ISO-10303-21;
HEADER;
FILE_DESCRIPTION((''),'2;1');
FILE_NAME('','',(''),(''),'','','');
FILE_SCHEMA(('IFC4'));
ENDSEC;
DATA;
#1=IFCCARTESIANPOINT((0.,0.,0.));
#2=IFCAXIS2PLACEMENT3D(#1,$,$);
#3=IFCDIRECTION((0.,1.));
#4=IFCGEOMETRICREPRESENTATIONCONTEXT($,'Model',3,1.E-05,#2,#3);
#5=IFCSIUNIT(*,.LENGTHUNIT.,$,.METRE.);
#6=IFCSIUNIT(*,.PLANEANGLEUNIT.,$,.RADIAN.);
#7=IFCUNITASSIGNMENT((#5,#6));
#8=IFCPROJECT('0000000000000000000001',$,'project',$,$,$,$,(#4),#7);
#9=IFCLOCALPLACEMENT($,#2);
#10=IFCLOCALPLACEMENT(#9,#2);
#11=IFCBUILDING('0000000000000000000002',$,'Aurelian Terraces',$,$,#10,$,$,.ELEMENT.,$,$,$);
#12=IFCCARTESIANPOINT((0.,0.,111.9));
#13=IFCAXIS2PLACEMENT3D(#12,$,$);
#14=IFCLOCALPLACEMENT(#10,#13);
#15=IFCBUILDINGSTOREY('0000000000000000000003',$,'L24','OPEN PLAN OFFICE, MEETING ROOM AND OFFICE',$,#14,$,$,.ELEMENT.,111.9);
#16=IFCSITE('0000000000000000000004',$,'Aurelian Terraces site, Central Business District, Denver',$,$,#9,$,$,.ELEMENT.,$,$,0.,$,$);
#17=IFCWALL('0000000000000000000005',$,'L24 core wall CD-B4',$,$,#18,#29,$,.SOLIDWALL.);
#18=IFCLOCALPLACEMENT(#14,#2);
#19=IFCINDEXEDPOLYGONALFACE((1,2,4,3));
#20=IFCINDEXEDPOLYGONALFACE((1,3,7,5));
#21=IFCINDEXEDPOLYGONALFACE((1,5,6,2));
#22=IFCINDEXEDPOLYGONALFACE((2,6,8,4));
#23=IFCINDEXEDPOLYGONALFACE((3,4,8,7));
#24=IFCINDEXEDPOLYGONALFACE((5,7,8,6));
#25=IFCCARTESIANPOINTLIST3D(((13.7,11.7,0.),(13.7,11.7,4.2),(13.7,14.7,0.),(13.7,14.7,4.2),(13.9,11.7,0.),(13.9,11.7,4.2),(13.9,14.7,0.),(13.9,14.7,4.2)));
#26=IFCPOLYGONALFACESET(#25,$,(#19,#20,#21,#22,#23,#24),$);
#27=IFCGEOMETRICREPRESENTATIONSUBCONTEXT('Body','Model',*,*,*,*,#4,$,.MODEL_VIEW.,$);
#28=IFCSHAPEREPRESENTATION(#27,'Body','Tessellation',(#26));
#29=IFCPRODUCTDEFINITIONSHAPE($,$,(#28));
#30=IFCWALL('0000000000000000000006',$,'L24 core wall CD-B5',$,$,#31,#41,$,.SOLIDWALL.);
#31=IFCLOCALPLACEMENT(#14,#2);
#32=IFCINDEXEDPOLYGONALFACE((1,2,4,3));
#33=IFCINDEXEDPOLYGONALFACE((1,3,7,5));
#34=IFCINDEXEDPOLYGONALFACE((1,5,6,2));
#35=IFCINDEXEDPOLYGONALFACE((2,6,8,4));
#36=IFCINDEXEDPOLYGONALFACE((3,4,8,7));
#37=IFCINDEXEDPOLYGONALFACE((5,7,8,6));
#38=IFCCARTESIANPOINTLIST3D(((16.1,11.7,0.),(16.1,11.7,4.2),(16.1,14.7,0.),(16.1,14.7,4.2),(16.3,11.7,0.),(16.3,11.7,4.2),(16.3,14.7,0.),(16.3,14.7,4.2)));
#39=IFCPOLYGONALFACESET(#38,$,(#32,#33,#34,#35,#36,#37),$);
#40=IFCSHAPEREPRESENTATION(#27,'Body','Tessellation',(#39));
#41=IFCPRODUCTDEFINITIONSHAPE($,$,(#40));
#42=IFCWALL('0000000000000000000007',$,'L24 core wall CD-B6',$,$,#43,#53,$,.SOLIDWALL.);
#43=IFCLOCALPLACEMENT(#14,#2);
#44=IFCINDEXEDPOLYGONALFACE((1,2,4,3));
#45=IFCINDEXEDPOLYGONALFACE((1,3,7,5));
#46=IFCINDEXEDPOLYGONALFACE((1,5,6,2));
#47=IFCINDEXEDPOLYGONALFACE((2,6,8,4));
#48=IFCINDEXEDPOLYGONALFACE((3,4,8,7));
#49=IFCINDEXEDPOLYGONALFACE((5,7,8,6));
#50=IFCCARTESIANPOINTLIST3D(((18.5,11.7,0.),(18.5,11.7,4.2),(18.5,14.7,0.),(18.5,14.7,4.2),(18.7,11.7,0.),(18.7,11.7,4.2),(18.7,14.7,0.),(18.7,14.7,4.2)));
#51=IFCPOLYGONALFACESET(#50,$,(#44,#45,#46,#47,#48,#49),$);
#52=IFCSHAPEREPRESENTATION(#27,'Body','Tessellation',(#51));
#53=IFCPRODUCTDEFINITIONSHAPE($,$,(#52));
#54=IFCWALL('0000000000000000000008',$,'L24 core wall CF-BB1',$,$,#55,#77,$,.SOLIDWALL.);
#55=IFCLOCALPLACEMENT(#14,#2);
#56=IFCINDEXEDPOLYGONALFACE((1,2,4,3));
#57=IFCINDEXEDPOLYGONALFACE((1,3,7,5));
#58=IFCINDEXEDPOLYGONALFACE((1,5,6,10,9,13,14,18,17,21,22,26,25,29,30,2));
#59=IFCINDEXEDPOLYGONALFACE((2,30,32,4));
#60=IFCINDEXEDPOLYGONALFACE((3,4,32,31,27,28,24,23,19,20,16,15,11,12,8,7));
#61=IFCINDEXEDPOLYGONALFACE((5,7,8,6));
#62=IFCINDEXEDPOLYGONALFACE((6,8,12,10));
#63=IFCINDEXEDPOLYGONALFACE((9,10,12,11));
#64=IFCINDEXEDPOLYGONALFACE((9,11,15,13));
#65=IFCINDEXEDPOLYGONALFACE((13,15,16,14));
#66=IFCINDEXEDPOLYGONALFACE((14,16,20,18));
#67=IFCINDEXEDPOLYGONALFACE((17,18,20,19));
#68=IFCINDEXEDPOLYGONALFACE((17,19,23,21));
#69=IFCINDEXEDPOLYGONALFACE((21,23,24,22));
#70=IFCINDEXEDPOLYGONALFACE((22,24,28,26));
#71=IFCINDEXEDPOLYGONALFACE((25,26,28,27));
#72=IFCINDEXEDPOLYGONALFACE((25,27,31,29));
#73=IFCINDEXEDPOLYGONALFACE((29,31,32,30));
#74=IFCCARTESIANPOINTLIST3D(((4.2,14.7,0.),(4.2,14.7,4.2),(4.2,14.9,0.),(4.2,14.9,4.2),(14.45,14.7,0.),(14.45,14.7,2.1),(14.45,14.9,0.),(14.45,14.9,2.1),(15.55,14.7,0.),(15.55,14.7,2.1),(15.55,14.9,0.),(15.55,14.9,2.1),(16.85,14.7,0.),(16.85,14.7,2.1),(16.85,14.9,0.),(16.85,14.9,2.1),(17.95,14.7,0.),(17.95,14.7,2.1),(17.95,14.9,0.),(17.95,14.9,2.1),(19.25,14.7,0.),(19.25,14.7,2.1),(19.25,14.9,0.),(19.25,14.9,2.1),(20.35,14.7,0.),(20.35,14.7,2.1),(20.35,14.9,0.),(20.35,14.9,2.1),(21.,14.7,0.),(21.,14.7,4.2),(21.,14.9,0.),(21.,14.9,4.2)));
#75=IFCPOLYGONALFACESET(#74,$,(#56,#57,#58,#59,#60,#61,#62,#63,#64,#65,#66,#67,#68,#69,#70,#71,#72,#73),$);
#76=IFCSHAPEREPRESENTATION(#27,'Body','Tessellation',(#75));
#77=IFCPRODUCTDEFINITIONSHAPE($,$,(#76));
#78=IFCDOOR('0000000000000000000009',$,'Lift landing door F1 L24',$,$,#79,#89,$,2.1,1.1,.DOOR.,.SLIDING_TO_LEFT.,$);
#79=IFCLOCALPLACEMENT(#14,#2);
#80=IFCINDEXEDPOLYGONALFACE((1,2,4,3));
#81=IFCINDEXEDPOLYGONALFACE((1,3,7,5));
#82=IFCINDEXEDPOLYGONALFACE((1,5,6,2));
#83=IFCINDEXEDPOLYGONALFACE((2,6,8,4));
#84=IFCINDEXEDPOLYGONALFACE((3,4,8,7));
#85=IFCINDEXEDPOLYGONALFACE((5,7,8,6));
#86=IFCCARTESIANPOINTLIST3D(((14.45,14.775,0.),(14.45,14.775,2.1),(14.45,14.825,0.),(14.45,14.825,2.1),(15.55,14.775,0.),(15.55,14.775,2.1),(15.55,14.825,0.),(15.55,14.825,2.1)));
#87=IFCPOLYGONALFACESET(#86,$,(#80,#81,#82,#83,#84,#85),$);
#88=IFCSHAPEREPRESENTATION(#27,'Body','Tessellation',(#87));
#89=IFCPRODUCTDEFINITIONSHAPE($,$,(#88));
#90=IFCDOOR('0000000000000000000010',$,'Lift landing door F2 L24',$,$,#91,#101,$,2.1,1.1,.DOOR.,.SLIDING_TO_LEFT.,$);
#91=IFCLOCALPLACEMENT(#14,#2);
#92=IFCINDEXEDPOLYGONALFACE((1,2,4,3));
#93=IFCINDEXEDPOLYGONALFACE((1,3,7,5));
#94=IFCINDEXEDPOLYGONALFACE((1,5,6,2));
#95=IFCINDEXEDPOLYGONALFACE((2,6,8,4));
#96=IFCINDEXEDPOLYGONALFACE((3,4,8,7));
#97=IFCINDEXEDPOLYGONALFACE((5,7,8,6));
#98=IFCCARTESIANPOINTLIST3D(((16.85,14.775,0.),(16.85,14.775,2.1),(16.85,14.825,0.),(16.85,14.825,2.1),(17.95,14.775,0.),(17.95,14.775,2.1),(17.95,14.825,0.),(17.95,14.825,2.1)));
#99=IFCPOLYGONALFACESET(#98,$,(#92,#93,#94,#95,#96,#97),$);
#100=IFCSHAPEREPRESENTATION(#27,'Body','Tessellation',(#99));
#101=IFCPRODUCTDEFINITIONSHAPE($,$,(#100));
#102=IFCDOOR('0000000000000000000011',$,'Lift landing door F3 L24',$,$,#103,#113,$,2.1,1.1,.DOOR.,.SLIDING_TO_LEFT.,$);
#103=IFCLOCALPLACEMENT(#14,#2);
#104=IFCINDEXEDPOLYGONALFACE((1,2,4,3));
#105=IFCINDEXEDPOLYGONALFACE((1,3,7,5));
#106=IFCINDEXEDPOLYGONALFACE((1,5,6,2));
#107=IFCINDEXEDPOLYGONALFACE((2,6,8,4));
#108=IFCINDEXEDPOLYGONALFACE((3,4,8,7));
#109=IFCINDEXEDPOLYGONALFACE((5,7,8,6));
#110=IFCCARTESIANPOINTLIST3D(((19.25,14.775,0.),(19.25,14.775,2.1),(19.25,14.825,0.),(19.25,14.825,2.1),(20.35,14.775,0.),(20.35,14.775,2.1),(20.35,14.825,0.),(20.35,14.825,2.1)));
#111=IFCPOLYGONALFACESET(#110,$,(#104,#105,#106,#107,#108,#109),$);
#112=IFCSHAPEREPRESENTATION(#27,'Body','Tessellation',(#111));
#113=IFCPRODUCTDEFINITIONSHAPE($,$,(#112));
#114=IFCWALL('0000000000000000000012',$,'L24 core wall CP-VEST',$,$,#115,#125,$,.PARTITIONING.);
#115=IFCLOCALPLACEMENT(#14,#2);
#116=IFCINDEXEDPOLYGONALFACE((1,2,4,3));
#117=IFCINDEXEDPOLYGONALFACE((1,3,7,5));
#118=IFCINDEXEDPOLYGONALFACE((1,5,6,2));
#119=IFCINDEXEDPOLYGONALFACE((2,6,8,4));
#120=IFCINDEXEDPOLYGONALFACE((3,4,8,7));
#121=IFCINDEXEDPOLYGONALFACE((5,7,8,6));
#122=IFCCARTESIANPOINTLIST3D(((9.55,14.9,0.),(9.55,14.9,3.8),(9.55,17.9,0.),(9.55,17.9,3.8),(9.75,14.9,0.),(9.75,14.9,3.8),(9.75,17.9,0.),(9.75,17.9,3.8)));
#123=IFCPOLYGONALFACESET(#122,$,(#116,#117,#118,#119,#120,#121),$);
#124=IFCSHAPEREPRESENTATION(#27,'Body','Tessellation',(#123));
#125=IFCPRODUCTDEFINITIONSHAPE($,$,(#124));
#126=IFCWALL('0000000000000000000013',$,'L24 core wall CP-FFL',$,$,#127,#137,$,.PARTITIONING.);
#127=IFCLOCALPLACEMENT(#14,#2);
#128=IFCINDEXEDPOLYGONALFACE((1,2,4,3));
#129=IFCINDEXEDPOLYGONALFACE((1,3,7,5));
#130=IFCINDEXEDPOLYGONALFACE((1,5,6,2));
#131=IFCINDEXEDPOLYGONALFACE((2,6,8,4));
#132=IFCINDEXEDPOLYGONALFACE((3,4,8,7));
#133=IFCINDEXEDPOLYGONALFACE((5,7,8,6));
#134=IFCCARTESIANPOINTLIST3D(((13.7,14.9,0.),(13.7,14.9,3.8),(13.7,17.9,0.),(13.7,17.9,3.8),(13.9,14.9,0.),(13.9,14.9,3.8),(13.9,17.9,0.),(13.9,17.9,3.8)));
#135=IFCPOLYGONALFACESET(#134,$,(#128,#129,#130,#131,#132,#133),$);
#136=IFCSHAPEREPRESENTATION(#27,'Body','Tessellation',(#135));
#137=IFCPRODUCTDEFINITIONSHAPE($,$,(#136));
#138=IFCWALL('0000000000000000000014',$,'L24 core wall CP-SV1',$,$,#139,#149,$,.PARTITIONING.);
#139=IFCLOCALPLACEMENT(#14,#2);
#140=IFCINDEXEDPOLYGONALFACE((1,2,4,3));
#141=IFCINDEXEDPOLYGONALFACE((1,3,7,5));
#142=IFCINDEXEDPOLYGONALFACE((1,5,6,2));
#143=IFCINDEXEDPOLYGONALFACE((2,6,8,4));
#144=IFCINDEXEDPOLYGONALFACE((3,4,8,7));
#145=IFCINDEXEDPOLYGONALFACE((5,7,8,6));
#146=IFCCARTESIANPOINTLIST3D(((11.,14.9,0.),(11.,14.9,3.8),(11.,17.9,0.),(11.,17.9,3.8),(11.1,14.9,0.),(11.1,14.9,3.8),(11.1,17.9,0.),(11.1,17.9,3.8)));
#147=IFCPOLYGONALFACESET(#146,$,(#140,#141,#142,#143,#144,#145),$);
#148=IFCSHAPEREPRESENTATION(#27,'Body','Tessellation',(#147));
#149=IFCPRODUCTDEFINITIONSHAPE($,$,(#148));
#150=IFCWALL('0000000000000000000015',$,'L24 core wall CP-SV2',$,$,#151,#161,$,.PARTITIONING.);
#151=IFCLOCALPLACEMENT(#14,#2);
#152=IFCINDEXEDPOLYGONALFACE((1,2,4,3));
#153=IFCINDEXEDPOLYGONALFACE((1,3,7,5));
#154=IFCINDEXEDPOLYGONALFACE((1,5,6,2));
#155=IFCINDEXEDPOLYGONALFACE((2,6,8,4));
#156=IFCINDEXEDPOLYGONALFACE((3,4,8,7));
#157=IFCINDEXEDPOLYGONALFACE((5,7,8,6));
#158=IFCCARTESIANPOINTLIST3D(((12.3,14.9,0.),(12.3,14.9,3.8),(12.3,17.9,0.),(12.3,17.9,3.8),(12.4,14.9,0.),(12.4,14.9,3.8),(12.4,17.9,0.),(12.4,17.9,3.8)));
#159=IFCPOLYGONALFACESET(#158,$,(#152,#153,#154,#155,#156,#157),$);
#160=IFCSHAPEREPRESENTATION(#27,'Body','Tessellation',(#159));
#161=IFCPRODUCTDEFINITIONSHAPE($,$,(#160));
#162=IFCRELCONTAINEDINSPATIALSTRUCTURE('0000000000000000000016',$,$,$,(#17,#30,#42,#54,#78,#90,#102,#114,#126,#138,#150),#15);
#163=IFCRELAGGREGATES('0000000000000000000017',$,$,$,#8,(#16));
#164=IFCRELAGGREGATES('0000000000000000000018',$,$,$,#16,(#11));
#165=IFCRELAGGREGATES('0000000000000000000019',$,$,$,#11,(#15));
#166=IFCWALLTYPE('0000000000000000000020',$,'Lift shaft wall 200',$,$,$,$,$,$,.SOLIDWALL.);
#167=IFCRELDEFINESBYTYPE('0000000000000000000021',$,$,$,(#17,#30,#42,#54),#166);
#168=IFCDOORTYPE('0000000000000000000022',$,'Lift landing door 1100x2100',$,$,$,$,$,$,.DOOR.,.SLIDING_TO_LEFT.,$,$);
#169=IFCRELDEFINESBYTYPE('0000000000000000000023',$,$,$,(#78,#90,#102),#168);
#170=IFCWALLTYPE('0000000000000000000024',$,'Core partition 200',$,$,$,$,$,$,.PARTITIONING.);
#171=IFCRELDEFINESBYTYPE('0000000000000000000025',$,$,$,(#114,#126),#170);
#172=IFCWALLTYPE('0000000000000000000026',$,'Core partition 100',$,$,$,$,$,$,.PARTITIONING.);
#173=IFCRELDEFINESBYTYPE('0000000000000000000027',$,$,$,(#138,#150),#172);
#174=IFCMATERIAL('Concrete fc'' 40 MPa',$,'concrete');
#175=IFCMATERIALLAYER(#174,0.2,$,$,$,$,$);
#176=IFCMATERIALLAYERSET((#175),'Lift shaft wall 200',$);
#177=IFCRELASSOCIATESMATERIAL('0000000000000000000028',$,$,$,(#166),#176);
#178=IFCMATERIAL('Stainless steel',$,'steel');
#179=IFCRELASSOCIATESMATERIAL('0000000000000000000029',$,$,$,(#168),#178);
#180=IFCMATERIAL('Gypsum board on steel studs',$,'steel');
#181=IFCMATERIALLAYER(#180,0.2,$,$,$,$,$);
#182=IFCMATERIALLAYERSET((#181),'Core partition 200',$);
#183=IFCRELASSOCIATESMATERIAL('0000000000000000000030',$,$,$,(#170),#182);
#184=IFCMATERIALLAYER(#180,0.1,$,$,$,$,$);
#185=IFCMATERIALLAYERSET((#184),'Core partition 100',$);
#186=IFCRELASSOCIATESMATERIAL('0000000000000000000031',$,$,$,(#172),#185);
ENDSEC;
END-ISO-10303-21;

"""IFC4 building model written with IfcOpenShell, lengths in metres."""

from ifc_helpers import new_model, si_unit, direction, frame, frame_2d, origin, place, context, subcontext, project, spatial, rectangle, extrude, source, transform, mapped, material, layer, layer_set, type_object, element, fill, save


model = new_model("IFC4")

# Units and contexts
model_context = context("Model", 3, precision=1e-05, world=origin(), true_north=direction((0.0, 1.0)))
body_context = subcontext(model_context, "Body", "Model", "MODEL_VIEW")
ifc_project = project(units=[si_unit("LENGTHUNIT", "METRE"), si_unit("PLANEANGLEUNIT", "RADIAN")], contexts=[model_context])

# Site, building, storey
site_placement = place(None, origin())
site = spatial("IfcSite", under=ifc_project, at=site_placement, Name="Aurelian Terraces site, Central Business District, Denver", CompositionType="ELEMENT", RefElevation=0.0)
building_placement = place(site_placement, origin())
building = spatial("IfcBuilding", under=site, at=building_placement, Name="Aurelian Terraces", CompositionType="ELEMENT")
storey_placement = place(building_placement, frame((0.0, 0.0, 111.9)))
storey = spatial("IfcBuildingStorey", under=building, at=storey_placement, Name="L24", Description="OPEN PLAN OFFICE, MEETING ROOM AND OFFICE", CompositionType="ELEMENT", Elevation=111.9)

# Walls
ifc_material_1 = material(Name="Concrete fc' 40 MPa", Category="concrete")
ifc_layer_1 = layer(ifc_material_1, 0.2)
ifc_layer_set_1 = layer_set([ifc_layer_1], Name="Lift shaft wall 200")
wall_type_1 = type_object("IfcWallType", Name="Lift shaft wall 200", PredefinedType="SOLIDWALL", material=ifc_layer_set_1)
shared_shape_1 = source(origin(), body_context, "Body", "SweptSolid", [
    extrude(rectangle(XDim=3.0, YDim=0.2, at=frame_2d((1.5, 0.0))), origin(), (0.0, 0.0, 1.0), 4.2),
])
for number, where, z_axis, x_axis, name in (
    (1, (13.8, 11.7, 0.0), (0.0, 0.0, 1.0), (0.0, 1.0, 0.0), "L24 core wall CD-B4"),
    (2, (16.2, 11.7, 0.0), (0.0, 0.0, 1.0), (0.0, 1.0, 0.0), "L24 core wall CD-B5"),
    (3, (18.6, 11.7, 0.0), (0.0, 0.0, 1.0), (0.0, 1.0, 0.0), "L24 core wall CD-B6"),
):
    element("IfcWall", number, at=place(storey_placement, frame(where, z_axis=z_axis, x_axis=x_axis)), inside=storey, type_object=wall_type_1, Name=name, PredefinedType="SOLIDWALL", context=body_context, shape_type="MappedRepresentation", body=[
        mapped(shared_shape_1, transform((0.0, 0.0, 0.0), scale=1.0)),
    ])

# Wall, openings, doors
shared_shape_2 = source(origin(), body_context, "Body", "SweptSolid", [
    extrude(rectangle(XDim=16.8, YDim=0.2, at=frame_2d((8.4, 0.0))), origin(), (0.0, 0.0, 1.0), 4.2),
])
wall_1_placement = place(storey_placement, frame((4.2, 14.8, 0.0), z_axis=(0.0, 0.0, 1.0), x_axis=(1.0, 0.0, 0.0)))
wall_1 = element("IfcWall", 4, at=wall_1_placement, inside=storey, type_object=wall_type_1, Name="L24 core wall CF-BB1", PredefinedType="SOLIDWALL", context=body_context, shape_type="MappedRepresentation", body=[
    mapped(shared_shape_2, transform((0.0, 0.0, 0.0), scale=1.0)),
])
shared_shape_3 = source(origin(), body_context, "Body", "SweptSolid", [
    extrude(rectangle(XDim=1.1, YDim=2.1, at=frame_2d((0.55, 1.05))), frame((0.0, 0.11, 0.0), z_axis=(0.0, -1.0, 0.0), x_axis=(1.0, 0.0, 0.0)), (0.0, 0.0, 1.0), 0.22),
])
opening_1_placement = place(wall_1_placement, frame((10.25, 0.0, 0.0)))
opening_1 = element("IfcOpeningElement", 5, at=opening_1_placement, cuts=wall_1, PredefinedType="OPENING", context=body_context, shape_type="MappedRepresentation", body=[
    mapped(shared_shape_3, transform((0.0, 0.0, 0.0), scale=1.0)),
])
opening_2_placement = place(wall_1_placement, frame((12.65, 0.0, 0.0)))
opening_2 = element("IfcOpeningElement", 6, at=opening_2_placement, cuts=wall_1, PredefinedType="OPENING", context=body_context, shape_type="MappedRepresentation", body=[
    mapped(shared_shape_3, transform((0.0, 0.0, 0.0), scale=1.0)),
])
opening_3_placement = place(wall_1_placement, frame((15.05, 0.0, 0.0)))
opening_3 = element("IfcOpeningElement", 7, at=opening_3_placement, cuts=wall_1, PredefinedType="OPENING", context=body_context, shape_type="MappedRepresentation", body=[
    mapped(shared_shape_3, transform((0.0, 0.0, 0.0), scale=1.0)),
])
ifc_material_2 = material(Name="Stainless steel", Category="steel")
door_type_1 = type_object("IfcDoorType", Name="Lift landing door 1100x2100", OperationType="SLIDING_TO_LEFT", PredefinedType="DOOR", material=ifc_material_2)
shared_shape_4 = source(origin(), body_context, "Body", "SweptSolid", [
    extrude(rectangle(XDim=1.1, YDim=2.1, at=frame_2d((0.55, 1.05))), frame((0.0, 0.025, 0.0), z_axis=(0.0, -1.0, 0.0), x_axis=(1.0, 0.0, 0.0)), (0.0, 0.0, 1.0), 0.05),
])
door_1_placement = place(opening_1_placement, origin())
door_1 = element("IfcDoor", 8, at=door_1_placement, inside=storey, type_object=door_type_1, Name="Lift landing door F1 L24", OperationType="SLIDING_TO_LEFT", OverallHeight=2.1, OverallWidth=1.1, PredefinedType="DOOR", context=body_context, shape_type="MappedRepresentation", body=[
    mapped(shared_shape_4, transform((0.0, 0.0, 0.0), scale=1.0)),
])
fill(opening_1, door_1)
door_2_placement = place(opening_2_placement, origin())
door_2 = element("IfcDoor", 9, at=door_2_placement, inside=storey, type_object=door_type_1, Name="Lift landing door F2 L24", OperationType="SLIDING_TO_LEFT", OverallHeight=2.1, OverallWidth=1.1, PredefinedType="DOOR", context=body_context, shape_type="MappedRepresentation", body=[
    mapped(shared_shape_4, transform((0.0, 0.0, 0.0), scale=1.0)),
])
fill(opening_2, door_2)
door_3_placement = place(opening_3_placement, origin())
door_3 = element("IfcDoor", 10, at=door_3_placement, inside=storey, type_object=door_type_1, Name="Lift landing door F3 L24", OperationType="SLIDING_TO_LEFT", OverallHeight=2.1, OverallWidth=1.1, PredefinedType="DOOR", context=body_context, shape_type="MappedRepresentation", body=[
    mapped(shared_shape_4, transform((0.0, 0.0, 0.0), scale=1.0)),
])
fill(opening_3, door_3)

# Walls
ifc_material_3 = material(Name="Gypsum board on steel studs", Category="steel")
ifc_layer_2 = layer(ifc_material_3, 0.2)
ifc_layer_set_2 = layer_set([ifc_layer_2], Name="Core partition 200")
wall_type_2 = type_object("IfcWallType", Name="Core partition 200", PredefinedType="PARTITIONING", material=ifc_layer_set_2)
shared_shape_5 = source(origin(), body_context, "Body", "SweptSolid", [
    extrude(rectangle(XDim=3.0, YDim=0.2, at=frame_2d((1.5, 0.0))), origin(), (0.0, 0.0, 1.0), 3.8),
])
for number, where, z_axis, x_axis, name in (
    (11, (9.65, 14.9, 0.0), (0.0, 0.0, 1.0), (0.0, 1.0, 0.0), "L24 core wall CP-VEST"),
    (12, (13.8, 14.9, 0.0), (0.0, 0.0, 1.0), (0.0, 1.0, 0.0), "L24 core wall CP-FFL"),
):
    element("IfcWall", number, at=place(storey_placement, frame(where, z_axis=z_axis, x_axis=x_axis)), inside=storey, type_object=wall_type_2, Name=name, PredefinedType="PARTITIONING", context=body_context, shape_type="MappedRepresentation", body=[
        mapped(shared_shape_5, transform((0.0, 0.0, 0.0), scale=1.0)),
    ])
ifc_layer_3 = layer(ifc_material_3, 0.1)
ifc_layer_set_3 = layer_set([ifc_layer_3], Name="Core partition 100")
wall_type_3 = type_object("IfcWallType", Name="Core partition 100", PredefinedType="PARTITIONING", material=ifc_layer_set_3)
shared_shape_6 = source(origin(), body_context, "Body", "SweptSolid", [
    extrude(rectangle(XDim=3.0, YDim=0.1, at=frame_2d((1.5, 0.0))), origin(), (0.0, 0.0, 1.0), 3.8),
])
for number, where, z_axis, x_axis, name in (
    (13, (11.05, 14.9, 0.0), (0.0, 0.0, 1.0), (0.0, 1.0, 0.0), "L24 core wall CP-SV1"),
    (14, (12.35, 14.9, 0.0), (0.0, 0.0, 1.0), (0.0, 1.0, 0.0), "L24 core wall CP-SV2"),
):
    element("IfcWall", number, at=place(storey_placement, frame(where, z_axis=z_axis, x_axis=x_axis)), inside=storey, type_object=wall_type_3, Name=name, PredefinedType="PARTITIONING", context=body_context, shape_type="MappedRepresentation", body=[
        mapped(shared_shape_6, transform((0.0, 0.0, 0.0), scale=1.0)),
    ])

save(model, "model.ifc")
